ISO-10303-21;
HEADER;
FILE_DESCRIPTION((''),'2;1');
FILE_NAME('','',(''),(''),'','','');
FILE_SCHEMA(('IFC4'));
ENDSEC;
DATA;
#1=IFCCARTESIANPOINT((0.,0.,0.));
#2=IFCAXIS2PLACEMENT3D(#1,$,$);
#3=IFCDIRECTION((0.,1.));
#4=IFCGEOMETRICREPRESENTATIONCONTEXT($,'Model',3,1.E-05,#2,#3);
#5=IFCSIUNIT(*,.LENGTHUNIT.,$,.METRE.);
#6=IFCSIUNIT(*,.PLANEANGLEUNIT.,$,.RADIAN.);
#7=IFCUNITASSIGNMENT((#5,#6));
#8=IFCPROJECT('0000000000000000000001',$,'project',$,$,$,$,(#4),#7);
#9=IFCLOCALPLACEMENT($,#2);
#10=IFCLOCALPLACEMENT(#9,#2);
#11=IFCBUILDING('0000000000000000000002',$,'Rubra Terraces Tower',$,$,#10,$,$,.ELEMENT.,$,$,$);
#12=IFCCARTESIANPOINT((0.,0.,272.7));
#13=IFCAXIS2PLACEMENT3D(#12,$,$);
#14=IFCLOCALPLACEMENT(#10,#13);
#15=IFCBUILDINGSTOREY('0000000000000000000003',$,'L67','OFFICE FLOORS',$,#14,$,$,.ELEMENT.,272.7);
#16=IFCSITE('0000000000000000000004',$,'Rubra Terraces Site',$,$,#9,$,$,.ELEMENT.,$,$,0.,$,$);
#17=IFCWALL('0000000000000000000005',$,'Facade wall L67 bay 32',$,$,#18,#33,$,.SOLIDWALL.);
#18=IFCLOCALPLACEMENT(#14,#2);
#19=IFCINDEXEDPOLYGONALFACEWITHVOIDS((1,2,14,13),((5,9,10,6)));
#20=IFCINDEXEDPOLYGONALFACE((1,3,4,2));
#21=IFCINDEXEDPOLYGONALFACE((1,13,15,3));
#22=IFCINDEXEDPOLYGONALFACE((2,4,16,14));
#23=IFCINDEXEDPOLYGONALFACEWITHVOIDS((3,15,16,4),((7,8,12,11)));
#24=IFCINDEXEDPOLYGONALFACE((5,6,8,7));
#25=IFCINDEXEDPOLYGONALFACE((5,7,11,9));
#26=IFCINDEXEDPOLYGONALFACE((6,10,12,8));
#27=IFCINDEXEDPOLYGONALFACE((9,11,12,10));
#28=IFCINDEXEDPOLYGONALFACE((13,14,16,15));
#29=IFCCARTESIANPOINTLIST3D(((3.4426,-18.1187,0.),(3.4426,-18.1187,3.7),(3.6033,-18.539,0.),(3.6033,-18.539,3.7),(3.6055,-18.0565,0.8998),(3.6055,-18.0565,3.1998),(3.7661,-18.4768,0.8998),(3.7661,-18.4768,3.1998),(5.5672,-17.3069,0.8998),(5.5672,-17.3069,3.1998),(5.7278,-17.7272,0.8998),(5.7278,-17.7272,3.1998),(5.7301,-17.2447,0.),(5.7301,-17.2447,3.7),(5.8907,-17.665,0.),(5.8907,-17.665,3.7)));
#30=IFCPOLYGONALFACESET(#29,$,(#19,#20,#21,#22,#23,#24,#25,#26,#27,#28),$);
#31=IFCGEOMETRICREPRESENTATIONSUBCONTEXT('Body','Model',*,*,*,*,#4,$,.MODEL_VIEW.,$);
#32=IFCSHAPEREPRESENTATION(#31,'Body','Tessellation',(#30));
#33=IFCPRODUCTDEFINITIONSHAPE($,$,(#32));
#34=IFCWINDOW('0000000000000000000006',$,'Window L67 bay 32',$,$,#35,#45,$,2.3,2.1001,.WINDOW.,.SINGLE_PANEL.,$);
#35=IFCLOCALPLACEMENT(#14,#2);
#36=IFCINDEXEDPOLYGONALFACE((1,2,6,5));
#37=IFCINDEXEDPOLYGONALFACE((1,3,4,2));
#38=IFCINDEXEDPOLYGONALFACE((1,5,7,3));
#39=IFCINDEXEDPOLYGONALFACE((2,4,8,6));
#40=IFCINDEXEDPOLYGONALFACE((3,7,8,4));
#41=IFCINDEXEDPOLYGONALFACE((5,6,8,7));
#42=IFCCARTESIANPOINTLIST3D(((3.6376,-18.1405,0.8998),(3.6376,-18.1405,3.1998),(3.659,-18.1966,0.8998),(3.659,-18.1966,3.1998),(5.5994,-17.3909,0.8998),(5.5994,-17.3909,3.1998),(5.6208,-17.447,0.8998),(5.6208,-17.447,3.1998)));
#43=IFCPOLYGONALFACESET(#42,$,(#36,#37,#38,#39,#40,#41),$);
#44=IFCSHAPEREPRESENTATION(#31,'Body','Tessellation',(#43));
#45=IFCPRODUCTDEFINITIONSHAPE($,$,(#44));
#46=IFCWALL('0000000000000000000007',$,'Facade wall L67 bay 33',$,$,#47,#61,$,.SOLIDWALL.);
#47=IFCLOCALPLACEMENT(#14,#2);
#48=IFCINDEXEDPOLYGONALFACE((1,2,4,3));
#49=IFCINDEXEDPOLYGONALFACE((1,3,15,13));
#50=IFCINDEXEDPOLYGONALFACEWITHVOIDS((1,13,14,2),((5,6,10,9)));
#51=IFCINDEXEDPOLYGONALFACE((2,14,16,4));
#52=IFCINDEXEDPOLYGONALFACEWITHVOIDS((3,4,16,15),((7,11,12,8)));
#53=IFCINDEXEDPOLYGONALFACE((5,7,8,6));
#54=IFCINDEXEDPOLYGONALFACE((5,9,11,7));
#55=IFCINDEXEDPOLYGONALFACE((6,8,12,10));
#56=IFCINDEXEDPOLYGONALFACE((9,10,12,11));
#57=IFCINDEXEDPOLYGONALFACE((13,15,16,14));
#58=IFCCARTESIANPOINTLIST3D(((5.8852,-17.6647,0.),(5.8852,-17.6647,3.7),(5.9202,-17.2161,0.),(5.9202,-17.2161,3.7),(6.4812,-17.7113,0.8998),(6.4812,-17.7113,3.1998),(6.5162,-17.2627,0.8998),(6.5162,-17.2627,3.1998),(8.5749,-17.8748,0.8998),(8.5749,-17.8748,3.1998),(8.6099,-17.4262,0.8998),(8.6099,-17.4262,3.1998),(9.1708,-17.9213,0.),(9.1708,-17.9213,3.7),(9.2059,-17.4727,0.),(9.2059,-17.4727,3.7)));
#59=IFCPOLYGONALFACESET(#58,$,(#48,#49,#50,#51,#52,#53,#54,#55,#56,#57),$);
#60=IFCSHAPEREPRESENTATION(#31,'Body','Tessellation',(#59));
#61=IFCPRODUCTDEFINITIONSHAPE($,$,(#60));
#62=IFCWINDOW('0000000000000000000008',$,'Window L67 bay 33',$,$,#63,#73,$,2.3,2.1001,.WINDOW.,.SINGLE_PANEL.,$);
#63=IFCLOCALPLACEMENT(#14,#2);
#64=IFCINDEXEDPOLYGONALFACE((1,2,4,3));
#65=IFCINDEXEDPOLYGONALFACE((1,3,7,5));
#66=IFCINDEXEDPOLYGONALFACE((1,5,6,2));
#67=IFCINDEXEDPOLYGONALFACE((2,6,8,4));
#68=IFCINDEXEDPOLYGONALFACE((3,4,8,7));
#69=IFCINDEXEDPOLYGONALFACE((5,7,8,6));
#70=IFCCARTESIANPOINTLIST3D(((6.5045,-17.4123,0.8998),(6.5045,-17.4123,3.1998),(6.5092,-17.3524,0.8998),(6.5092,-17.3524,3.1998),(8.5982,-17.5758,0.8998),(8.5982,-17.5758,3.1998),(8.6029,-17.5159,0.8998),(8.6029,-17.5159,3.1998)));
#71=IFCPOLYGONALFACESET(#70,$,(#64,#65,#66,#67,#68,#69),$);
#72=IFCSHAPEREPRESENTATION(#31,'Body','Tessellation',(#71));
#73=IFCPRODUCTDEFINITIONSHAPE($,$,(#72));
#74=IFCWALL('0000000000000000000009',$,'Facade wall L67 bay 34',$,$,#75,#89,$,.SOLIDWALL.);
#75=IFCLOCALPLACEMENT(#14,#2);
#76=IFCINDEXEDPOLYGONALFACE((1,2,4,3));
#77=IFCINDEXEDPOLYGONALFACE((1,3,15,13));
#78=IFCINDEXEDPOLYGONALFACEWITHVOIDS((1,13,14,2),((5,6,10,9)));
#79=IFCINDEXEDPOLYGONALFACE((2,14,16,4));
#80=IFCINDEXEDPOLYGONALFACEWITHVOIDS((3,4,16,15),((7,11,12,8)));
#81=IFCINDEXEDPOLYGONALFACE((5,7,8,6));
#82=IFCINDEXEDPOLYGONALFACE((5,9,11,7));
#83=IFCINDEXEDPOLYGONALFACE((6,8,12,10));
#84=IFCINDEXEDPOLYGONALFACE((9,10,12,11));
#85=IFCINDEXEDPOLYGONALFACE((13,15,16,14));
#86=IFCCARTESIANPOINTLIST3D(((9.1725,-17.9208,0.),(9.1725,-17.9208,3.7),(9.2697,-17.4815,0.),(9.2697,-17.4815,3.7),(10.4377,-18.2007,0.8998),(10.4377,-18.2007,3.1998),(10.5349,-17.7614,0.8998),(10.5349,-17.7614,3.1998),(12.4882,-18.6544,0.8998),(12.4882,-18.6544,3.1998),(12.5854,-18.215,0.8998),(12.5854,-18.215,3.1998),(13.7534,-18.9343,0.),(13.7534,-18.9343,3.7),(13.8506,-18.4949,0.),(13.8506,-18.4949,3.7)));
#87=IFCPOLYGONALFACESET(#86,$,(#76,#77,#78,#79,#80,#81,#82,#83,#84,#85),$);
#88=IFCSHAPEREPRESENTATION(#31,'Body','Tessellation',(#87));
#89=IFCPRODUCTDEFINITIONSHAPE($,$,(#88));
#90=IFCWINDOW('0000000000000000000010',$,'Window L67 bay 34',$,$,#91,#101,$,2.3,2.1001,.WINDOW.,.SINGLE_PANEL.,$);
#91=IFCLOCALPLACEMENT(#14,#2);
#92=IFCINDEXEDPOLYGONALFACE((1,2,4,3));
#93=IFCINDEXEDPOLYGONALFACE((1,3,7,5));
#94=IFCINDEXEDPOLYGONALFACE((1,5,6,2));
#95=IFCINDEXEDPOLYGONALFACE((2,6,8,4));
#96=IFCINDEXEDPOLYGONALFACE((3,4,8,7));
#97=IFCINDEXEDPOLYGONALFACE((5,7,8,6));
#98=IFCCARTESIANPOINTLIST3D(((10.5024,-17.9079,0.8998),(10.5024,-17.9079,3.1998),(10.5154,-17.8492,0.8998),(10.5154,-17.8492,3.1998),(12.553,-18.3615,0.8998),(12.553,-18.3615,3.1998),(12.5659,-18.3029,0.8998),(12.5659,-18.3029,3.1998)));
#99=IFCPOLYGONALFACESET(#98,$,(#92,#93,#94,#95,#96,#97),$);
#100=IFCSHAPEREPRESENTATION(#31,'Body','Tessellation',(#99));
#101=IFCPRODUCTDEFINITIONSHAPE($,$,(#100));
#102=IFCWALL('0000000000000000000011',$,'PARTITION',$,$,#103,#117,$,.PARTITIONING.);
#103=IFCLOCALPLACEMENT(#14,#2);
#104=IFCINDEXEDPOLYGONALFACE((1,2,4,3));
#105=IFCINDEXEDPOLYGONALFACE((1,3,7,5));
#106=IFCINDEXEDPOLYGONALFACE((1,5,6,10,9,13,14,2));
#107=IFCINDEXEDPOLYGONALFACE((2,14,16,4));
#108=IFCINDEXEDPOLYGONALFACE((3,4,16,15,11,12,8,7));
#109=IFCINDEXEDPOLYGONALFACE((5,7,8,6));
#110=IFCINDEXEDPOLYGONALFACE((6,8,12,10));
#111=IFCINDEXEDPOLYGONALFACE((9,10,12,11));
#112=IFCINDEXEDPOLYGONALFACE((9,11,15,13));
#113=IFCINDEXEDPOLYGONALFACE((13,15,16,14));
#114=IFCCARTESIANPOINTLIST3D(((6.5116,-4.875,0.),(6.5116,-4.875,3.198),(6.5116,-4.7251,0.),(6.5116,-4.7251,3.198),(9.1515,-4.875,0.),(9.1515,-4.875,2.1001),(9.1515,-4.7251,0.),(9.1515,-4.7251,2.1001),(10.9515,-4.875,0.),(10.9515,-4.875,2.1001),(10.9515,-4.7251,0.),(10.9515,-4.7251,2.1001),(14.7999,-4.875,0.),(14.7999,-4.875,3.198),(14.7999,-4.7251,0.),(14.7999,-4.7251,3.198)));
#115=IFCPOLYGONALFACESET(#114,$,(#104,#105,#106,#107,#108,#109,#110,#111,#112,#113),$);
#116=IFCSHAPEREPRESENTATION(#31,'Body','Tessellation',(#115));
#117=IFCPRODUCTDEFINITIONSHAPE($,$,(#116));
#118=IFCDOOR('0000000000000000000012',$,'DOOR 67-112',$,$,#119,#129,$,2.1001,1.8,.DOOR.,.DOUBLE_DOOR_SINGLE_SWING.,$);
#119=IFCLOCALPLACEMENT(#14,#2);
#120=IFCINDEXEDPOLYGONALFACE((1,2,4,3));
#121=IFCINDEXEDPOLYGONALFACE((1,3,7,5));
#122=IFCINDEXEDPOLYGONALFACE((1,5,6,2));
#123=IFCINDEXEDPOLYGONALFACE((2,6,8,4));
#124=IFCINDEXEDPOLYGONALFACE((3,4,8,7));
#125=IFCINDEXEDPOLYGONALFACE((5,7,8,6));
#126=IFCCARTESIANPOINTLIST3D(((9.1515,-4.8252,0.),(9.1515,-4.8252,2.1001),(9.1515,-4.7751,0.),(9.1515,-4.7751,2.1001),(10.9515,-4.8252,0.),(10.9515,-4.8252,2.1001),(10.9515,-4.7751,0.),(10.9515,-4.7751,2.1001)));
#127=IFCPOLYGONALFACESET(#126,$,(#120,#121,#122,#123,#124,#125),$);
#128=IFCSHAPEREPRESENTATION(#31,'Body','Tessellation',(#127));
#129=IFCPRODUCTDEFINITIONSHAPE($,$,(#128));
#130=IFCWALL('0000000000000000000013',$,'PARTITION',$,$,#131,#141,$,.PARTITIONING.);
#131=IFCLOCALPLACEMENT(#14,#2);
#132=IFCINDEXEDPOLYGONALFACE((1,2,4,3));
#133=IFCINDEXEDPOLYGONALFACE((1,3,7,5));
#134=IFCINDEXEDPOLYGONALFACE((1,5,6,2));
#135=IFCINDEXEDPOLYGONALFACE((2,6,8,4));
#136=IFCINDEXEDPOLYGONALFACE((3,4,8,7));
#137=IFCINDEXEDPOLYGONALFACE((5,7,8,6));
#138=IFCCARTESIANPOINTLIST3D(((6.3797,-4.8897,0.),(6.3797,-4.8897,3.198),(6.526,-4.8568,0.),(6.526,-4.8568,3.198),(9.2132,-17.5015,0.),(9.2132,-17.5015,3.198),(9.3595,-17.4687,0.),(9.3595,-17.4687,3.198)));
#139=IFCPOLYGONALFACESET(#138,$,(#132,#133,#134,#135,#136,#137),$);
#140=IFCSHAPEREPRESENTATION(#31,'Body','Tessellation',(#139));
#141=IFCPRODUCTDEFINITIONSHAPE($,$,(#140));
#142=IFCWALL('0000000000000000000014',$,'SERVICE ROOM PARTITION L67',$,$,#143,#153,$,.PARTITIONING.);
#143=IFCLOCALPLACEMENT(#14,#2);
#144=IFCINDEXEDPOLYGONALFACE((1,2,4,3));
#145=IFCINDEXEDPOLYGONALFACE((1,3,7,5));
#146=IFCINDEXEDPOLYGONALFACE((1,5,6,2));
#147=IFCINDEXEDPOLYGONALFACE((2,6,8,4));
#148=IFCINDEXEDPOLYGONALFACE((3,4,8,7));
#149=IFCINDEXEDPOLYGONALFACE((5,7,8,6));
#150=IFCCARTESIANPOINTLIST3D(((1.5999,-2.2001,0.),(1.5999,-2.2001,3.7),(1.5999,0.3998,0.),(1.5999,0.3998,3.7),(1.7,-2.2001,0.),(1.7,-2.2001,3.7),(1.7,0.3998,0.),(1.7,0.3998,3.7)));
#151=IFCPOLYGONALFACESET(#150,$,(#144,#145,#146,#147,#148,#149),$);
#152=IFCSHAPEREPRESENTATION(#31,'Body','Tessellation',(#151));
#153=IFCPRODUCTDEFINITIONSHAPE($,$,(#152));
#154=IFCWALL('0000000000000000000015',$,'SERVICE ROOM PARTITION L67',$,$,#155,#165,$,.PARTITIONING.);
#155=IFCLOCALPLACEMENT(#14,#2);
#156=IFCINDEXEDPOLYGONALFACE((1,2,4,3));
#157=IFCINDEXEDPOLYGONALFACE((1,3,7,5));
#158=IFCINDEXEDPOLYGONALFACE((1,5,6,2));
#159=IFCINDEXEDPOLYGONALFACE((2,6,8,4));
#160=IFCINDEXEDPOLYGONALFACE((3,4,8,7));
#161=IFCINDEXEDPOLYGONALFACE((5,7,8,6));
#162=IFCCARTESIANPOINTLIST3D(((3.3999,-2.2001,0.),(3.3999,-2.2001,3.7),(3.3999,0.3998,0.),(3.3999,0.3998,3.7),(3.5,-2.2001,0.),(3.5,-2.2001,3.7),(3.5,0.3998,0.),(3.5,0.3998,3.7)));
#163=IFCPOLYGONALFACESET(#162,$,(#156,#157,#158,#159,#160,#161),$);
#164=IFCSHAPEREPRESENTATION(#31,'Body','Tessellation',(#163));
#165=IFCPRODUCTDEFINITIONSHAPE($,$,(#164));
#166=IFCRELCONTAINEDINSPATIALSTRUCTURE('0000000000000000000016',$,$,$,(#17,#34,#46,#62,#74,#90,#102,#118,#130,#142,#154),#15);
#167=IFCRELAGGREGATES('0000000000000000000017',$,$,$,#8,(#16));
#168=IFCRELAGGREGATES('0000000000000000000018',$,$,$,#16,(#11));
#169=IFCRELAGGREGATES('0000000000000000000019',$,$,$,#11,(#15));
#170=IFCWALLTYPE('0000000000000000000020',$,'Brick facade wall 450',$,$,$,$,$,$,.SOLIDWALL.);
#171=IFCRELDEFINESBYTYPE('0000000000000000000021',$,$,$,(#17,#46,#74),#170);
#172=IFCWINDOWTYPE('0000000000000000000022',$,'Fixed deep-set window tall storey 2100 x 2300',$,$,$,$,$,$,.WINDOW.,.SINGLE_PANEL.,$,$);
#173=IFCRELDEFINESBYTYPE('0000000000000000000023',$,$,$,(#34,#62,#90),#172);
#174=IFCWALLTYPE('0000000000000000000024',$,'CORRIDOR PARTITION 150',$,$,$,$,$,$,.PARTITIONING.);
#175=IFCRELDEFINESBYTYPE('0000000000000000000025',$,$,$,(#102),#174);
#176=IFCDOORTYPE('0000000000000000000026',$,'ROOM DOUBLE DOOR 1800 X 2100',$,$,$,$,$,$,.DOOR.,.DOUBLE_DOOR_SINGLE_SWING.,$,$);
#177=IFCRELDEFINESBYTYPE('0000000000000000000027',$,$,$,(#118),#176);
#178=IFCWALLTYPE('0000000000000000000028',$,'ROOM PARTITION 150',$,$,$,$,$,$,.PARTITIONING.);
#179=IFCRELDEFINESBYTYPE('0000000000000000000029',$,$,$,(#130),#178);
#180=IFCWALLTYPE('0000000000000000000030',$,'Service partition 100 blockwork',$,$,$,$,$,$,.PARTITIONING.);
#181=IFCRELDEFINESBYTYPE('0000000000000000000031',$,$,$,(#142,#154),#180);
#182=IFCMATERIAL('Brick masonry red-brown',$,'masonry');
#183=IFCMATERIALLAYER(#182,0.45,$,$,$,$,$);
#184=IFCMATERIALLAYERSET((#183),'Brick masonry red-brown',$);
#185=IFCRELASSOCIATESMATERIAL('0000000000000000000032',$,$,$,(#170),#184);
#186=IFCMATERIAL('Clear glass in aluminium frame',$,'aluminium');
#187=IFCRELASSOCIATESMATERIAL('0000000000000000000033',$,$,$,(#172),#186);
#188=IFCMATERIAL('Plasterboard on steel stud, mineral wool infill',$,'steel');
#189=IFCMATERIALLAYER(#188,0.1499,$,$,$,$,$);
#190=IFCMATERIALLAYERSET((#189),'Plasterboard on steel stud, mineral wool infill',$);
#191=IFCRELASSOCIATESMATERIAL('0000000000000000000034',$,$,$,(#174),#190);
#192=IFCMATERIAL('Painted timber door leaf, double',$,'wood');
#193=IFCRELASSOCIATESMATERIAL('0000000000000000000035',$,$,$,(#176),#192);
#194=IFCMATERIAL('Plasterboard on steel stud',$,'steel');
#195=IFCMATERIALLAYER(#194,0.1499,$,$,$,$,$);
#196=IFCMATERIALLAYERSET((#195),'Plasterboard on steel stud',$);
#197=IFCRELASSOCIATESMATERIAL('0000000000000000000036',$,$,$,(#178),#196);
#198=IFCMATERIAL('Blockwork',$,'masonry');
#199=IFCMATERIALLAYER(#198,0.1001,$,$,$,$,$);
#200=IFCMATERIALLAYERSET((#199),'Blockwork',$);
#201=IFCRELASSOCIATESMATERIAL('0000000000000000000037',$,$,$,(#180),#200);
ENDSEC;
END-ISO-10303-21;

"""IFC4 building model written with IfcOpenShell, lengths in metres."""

from ifc_helpers import new_model, si_unit, direction, frame, frame_2d, origin, place, context, subcontext, project, spatial, rectangle, extrude, material, layer, layer_set, type_object, element, fill, save


model = new_model("IFC4")

# Units and contexts
model_context = context("Model", 3, precision=1e-05, world=origin(), true_north=direction((0.0, 1.0)))
body_context = subcontext(model_context, "Body", "Model", "MODEL_VIEW")
ifc_project = project(units=[si_unit("LENGTHUNIT", "METRE"), si_unit("PLANEANGLEUNIT", "RADIAN")], contexts=[model_context])

# Site, building, storey
site_placement = place(None, origin())
site = spatial("IfcSite", under=ifc_project, at=site_placement, Name="Rubra Terraces Site", CompositionType="ELEMENT", RefElevation=0.0)
building_placement = place(site_placement, origin())
building = spatial("IfcBuilding", under=site, at=building_placement, Name="Rubra Terraces Tower", CompositionType="ELEMENT")
storey_placement = place(building_placement, frame((0.0, 0.0, 272.7)))
storey = spatial("IfcBuildingStorey", under=building, at=storey_placement, Name="L67", Description="OFFICE FLOORS", CompositionType="ELEMENT", Elevation=272.7)

# Walls, openings, windows
ifc_material_1 = material(Name="Brick masonry red-brown", Category="masonry")
ifc_layer_1 = layer(ifc_material_1, 0.45)
ifc_layer_set_1 = layer_set([ifc_layer_1], Name="Brick masonry red-brown")
wall_type_1 = type_object("IfcWallType", Name="Brick facade wall 450", PredefinedType="SOLIDWALL", material=ifc_layer_set_1)
wall_1_placement = place(storey_placement, frame((3.5229, -18.3289, 0.0), z_axis=(0.0, 0.0, 1.0), x_axis=(0.934127, 0.35694, 0.0)))
wall_1 = element("IfcWall", 1, at=wall_1_placement, inside=storey, type_object=wall_type_1, Name="Facade wall L67 bay 32", PredefinedType="SOLIDWALL", context=body_context, shape_type="SweptSolid", body=[
    extrude(rectangle(XDim=2.4487, YDim=0.45, at=frame_2d((1.2244, 0.0))), origin(), (0.0, 0.0, 1.0), 3.7),
])
opening_1_placement = place(wall_1_placement, frame((0.1743, 0.0, 0.8999)))
opening_1 = element("IfcOpeningElement", 2, at=opening_1_placement, cuts=wall_1, PredefinedType="OPENING", context=body_context, shape_type="SweptSolid", body=[
    extrude(rectangle(XDim=2.1001, YDim=2.3, at=frame_2d((1.05, 1.1499))), frame((0.0, 0.2349, 0.0), z_axis=(0.0, -1.0, 0.0), x_axis=(1.0, 0.0, 0.0)), (0.0, 0.0, 1.0), 0.47),
])
ifc_material_2 = material(Name="Clear glass in aluminium frame", Category="aluminium")
window_type = type_object("IfcWindowType", Name="Fixed deep-set window tall storey 2100 x 2300", PartitioningType="SINGLE_PANEL", PredefinedType="WINDOW", material=ifc_material_2)
window_1_placement = place(opening_1_placement, origin())
window_1 = element("IfcWindow", 3, at=window_1_placement, inside=storey, type_object=window_type, Name="Window L67 bay 32", OverallHeight=2.3, OverallWidth=2.1001, PartitioningType="SINGLE_PANEL", PredefinedType="WINDOW", context=body_context, shape_type="SweptSolid", body=[
    extrude(rectangle(XDim=2.1001, YDim=2.3, at=frame_2d((1.05, 1.1499))), frame((0.0, 0.135, 0.0), z_axis=(0.0, -1.0, 0.0), x_axis=(1.0, 0.0, 0.0)), (0.0, 0.0, 1.0), 0.0601),
])
fill(opening_1, window_1)
wall_2_placement = place(storey_placement, frame((5.9026, -17.4404, 0.0), z_axis=(0.0, 0.0, 1.0), x_axis=(0.996964, -0.077858, 0.0)))
wall_2 = element("IfcWall", 4, at=wall_2_placement, inside=storey, type_object=wall_type_1, Name="Facade wall L67 bay 33", PredefinedType="SOLIDWALL", context=body_context, shape_type="SweptSolid", body=[
    extrude(rectangle(XDim=3.2957, YDim=0.45, at=frame_2d((1.6479, 0.0))), origin(), (0.0, 0.0, 1.0), 3.7),
])
opening_2_placement = place(wall_2_placement, frame((0.5979, 0.0, 0.8999)))
opening_2 = element("IfcOpeningElement", 5, at=opening_2_placement, cuts=wall_2, PredefinedType="OPENING", context=body_context, shape_type="SweptSolid", body=[
    extrude(rectangle(XDim=2.1001, YDim=2.3, at=frame_2d((1.05, 1.1499))), frame((0.0, 0.2349, 0.0), z_axis=(0.0, -1.0, 0.0), x_axis=(1.0, 0.0, 0.0)), (0.0, 0.0, 1.0), 0.47),
])
window_2_placement = place(opening_2_placement, origin())
window_2 = element("IfcWindow", 6, at=window_2_placement, inside=storey, type_object=window_type, Name="Window L67 bay 33", OverallHeight=2.3, OverallWidth=2.1001, PartitioningType="SINGLE_PANEL", PredefinedType="WINDOW", context=body_context, shape_type="SweptSolid", body=[
    extrude(rectangle(XDim=2.1001, YDim=2.3, at=frame_2d((1.05, 1.1499))), frame((0.0, 0.135, 0.0), z_axis=(0.0, -1.0, 0.0), x_axis=(1.0, 0.0, 0.0)), (0.0, 0.0, 1.0), 0.0601),
])
fill(opening_2, window_2)
wall_3_placement = place(storey_placement, frame((9.2212, -17.7012, 0.0), z_axis=(0.0, 0.0, 1.0), x_axis=(0.976391, -0.21601, 0.0)))
wall_3 = element("IfcWall", 7, at=wall_3_placement, inside=storey, type_object=wall_type_1, Name="Facade wall L67 bay 34", PredefinedType="SOLIDWALL", context=body_context, shape_type="SweptSolid", body=[
    extrude(rectangle(XDim=4.6917, YDim=0.45, at=frame_2d((2.3457, 0.0))), origin(), (0.0, 0.0, 1.0), 3.7),
])
opening_3_placement = place(wall_3_placement, frame((1.2957, 0.0, 0.8999)))
opening_3 = element("IfcOpeningElement", 8, at=opening_3_placement, cuts=wall_3, PredefinedType="OPENING", context=body_context, shape_type="SweptSolid", body=[
    extrude(rectangle(XDim=2.1001, YDim=2.3, at=frame_2d((1.05, 1.1499))), frame((0.0, 0.2349, 0.0), z_axis=(0.0, -1.0, 0.0), x_axis=(1.0, 0.0, 0.0)), (0.0, 0.0, 1.0), 0.47),
])
window_3_placement = place(opening_3_placement, origin())
window_3 = element("IfcWindow", 9, at=window_3_placement, inside=storey, type_object=window_type, Name="Window L67 bay 34", OverallHeight=2.3, OverallWidth=2.1001, PartitioningType="SINGLE_PANEL", PredefinedType="WINDOW", context=body_context, shape_type="SweptSolid", body=[
    extrude(rectangle(XDim=2.1001, YDim=2.3, at=frame_2d((1.05, 1.1499))), frame((0.0, 0.135, 0.0), z_axis=(0.0, -1.0, 0.0), x_axis=(1.0, 0.0, 0.0)), (0.0, 0.0, 1.0), 0.0601),
])
fill(opening_3, window_3)

# Wall, opening, door
ifc_material_3 = material(Name="Plasterboard on steel stud, mineral wool infill", Category="steel")
ifc_layer_2 = layer(ifc_material_3, 0.1499)
ifc_layer_set_2 = layer_set([ifc_layer_2], Name="Plasterboard on steel stud, mineral wool infill")
wall_type_2 = type_object("IfcWallType", Name="CORRIDOR PARTITION 150", PredefinedType="PARTITIONING", material=ifc_layer_set_2)
wall_4_placement = place(storey_placement, frame((6.5117, -4.8, 0.0), z_axis=(0.0, 0.0, 1.0), x_axis=(1.0, 0.0, 0.0)))
wall_4 = element("IfcWall", 10, at=wall_4_placement, inside=storey, type_object=wall_type_2, Name="PARTITION", PredefinedType="PARTITIONING", context=body_context, shape_type="SweptSolid", body=[
    extrude(rectangle(XDim=8.2883, YDim=0.1499, at=frame_2d((4.144, 0.0))), origin(), (0.0, 0.0, 1.0), 3.198),
])
opening_4_placement = place(wall_4_placement, frame((2.6399, 0.0, 0.0)))
opening_4 = element("IfcOpeningElement", 11, at=opening_4_placement, cuts=wall_4, PredefinedType="OPENING", context=body_context, shape_type="SweptSolid", body=[
    extrude(rectangle(XDim=1.8, YDim=2.1001, at=frame_2d((0.8999, 1.05))), frame((0.0, 0.085, 0.0), z_axis=(0.0, -1.0, 0.0), x_axis=(1.0, 0.0, 0.0)), (0.0, 0.0, 1.0), 0.1699),
])
ifc_material_4 = material(Name="Painted timber door leaf, double", Category="wood")
door_type = type_object("IfcDoorType", Name="ROOM DOUBLE DOOR 1800 X 2100", OperationType="DOUBLE_DOOR_SINGLE_SWING", PredefinedType="DOOR", material=ifc_material_4)
door_placement = place(opening_4_placement, origin())
door = element("IfcDoor", 12, at=door_placement, inside=storey, type_object=door_type, Name="DOOR 67-112", OperationType="DOUBLE_DOOR_SINGLE_SWING", OverallHeight=2.1001, OverallWidth=1.8, PredefinedType="DOOR", context=body_context, shape_type="SweptSolid", body=[
    extrude(rectangle(XDim=1.8, YDim=2.1001, at=frame_2d((0.8999, 1.05))), frame((0.0, 0.0249, 0.0), z_axis=(0.0, -1.0, 0.0), x_axis=(1.0, 0.0, 0.0)), (0.0, 0.0, 1.0), 0.05),
])
fill(opening_4, door)

# Walls
ifc_material_5 = material(Name="Plasterboard on steel stud", Category="steel")
ifc_layer_3 = layer(ifc_material_5, 0.1499)
ifc_layer_set_3 = layer_set([ifc_layer_3], Name="Plasterboard on steel stud")
wall_type_3 = type_object("IfcWallType", Name="ROOM PARTITION 150", PredefinedType="PARTITIONING", material=ifc_layer_set_3)
wall_5_placement = place(storey_placement, frame((9.2864, -17.4851, 0.0), z_axis=(0.0, 0.0, 1.0), x_axis=(-0.219206, 0.975679, 0.0)))
element("IfcWall", 13, at=wall_5_placement, inside=storey, type_object=wall_type_3, Name="PARTITION", PredefinedType="PARTITIONING", context=body_context, shape_type="SweptSolid", body=[
    extrude(rectangle(XDim=12.9263, YDim=0.1499, at=frame_2d((6.4631, 0.0))), origin(), (0.0, 0.0, 1.0), 3.198),
])
ifc_material_6 = material(Name="Blockwork", Category="masonry")
ifc_layer_4 = layer(ifc_material_6, 0.1001)
ifc_layer_set_4 = layer_set([ifc_layer_4], Name="Blockwork")
wall_type_4 = type_object("IfcWallType", Name="Service partition 100 blockwork", PredefinedType="PARTITIONING", material=ifc_layer_set_4)
for number, where, z_axis, x_axis, name in (
    (14, (1.6499, -2.2, 0.0), (0.0, 0.0, 1.0), (0.0, 1.0, 0.0), "SERVICE ROOM PARTITION L67"),
    (15, (3.45, -2.2, 0.0), (0.0, 0.0, 1.0), (0.0, 1.0, 0.0), "SERVICE ROOM PARTITION L67"),
):
    element("IfcWall", number, at=place(storey_placement, frame(where, z_axis=z_axis, x_axis=x_axis)), inside=storey, type_object=wall_type_4, Name=name, PredefinedType="PARTITIONING", context=body_context, shape_type="SweptSolid", body=[
        extrude(rectangle(XDim=2.5999, YDim=0.1001, at=frame_2d((1.2998, 0.0))), origin(), (0.0, 0.0, 1.0), 3.7),
    ])

save(model, "model.ifc")
